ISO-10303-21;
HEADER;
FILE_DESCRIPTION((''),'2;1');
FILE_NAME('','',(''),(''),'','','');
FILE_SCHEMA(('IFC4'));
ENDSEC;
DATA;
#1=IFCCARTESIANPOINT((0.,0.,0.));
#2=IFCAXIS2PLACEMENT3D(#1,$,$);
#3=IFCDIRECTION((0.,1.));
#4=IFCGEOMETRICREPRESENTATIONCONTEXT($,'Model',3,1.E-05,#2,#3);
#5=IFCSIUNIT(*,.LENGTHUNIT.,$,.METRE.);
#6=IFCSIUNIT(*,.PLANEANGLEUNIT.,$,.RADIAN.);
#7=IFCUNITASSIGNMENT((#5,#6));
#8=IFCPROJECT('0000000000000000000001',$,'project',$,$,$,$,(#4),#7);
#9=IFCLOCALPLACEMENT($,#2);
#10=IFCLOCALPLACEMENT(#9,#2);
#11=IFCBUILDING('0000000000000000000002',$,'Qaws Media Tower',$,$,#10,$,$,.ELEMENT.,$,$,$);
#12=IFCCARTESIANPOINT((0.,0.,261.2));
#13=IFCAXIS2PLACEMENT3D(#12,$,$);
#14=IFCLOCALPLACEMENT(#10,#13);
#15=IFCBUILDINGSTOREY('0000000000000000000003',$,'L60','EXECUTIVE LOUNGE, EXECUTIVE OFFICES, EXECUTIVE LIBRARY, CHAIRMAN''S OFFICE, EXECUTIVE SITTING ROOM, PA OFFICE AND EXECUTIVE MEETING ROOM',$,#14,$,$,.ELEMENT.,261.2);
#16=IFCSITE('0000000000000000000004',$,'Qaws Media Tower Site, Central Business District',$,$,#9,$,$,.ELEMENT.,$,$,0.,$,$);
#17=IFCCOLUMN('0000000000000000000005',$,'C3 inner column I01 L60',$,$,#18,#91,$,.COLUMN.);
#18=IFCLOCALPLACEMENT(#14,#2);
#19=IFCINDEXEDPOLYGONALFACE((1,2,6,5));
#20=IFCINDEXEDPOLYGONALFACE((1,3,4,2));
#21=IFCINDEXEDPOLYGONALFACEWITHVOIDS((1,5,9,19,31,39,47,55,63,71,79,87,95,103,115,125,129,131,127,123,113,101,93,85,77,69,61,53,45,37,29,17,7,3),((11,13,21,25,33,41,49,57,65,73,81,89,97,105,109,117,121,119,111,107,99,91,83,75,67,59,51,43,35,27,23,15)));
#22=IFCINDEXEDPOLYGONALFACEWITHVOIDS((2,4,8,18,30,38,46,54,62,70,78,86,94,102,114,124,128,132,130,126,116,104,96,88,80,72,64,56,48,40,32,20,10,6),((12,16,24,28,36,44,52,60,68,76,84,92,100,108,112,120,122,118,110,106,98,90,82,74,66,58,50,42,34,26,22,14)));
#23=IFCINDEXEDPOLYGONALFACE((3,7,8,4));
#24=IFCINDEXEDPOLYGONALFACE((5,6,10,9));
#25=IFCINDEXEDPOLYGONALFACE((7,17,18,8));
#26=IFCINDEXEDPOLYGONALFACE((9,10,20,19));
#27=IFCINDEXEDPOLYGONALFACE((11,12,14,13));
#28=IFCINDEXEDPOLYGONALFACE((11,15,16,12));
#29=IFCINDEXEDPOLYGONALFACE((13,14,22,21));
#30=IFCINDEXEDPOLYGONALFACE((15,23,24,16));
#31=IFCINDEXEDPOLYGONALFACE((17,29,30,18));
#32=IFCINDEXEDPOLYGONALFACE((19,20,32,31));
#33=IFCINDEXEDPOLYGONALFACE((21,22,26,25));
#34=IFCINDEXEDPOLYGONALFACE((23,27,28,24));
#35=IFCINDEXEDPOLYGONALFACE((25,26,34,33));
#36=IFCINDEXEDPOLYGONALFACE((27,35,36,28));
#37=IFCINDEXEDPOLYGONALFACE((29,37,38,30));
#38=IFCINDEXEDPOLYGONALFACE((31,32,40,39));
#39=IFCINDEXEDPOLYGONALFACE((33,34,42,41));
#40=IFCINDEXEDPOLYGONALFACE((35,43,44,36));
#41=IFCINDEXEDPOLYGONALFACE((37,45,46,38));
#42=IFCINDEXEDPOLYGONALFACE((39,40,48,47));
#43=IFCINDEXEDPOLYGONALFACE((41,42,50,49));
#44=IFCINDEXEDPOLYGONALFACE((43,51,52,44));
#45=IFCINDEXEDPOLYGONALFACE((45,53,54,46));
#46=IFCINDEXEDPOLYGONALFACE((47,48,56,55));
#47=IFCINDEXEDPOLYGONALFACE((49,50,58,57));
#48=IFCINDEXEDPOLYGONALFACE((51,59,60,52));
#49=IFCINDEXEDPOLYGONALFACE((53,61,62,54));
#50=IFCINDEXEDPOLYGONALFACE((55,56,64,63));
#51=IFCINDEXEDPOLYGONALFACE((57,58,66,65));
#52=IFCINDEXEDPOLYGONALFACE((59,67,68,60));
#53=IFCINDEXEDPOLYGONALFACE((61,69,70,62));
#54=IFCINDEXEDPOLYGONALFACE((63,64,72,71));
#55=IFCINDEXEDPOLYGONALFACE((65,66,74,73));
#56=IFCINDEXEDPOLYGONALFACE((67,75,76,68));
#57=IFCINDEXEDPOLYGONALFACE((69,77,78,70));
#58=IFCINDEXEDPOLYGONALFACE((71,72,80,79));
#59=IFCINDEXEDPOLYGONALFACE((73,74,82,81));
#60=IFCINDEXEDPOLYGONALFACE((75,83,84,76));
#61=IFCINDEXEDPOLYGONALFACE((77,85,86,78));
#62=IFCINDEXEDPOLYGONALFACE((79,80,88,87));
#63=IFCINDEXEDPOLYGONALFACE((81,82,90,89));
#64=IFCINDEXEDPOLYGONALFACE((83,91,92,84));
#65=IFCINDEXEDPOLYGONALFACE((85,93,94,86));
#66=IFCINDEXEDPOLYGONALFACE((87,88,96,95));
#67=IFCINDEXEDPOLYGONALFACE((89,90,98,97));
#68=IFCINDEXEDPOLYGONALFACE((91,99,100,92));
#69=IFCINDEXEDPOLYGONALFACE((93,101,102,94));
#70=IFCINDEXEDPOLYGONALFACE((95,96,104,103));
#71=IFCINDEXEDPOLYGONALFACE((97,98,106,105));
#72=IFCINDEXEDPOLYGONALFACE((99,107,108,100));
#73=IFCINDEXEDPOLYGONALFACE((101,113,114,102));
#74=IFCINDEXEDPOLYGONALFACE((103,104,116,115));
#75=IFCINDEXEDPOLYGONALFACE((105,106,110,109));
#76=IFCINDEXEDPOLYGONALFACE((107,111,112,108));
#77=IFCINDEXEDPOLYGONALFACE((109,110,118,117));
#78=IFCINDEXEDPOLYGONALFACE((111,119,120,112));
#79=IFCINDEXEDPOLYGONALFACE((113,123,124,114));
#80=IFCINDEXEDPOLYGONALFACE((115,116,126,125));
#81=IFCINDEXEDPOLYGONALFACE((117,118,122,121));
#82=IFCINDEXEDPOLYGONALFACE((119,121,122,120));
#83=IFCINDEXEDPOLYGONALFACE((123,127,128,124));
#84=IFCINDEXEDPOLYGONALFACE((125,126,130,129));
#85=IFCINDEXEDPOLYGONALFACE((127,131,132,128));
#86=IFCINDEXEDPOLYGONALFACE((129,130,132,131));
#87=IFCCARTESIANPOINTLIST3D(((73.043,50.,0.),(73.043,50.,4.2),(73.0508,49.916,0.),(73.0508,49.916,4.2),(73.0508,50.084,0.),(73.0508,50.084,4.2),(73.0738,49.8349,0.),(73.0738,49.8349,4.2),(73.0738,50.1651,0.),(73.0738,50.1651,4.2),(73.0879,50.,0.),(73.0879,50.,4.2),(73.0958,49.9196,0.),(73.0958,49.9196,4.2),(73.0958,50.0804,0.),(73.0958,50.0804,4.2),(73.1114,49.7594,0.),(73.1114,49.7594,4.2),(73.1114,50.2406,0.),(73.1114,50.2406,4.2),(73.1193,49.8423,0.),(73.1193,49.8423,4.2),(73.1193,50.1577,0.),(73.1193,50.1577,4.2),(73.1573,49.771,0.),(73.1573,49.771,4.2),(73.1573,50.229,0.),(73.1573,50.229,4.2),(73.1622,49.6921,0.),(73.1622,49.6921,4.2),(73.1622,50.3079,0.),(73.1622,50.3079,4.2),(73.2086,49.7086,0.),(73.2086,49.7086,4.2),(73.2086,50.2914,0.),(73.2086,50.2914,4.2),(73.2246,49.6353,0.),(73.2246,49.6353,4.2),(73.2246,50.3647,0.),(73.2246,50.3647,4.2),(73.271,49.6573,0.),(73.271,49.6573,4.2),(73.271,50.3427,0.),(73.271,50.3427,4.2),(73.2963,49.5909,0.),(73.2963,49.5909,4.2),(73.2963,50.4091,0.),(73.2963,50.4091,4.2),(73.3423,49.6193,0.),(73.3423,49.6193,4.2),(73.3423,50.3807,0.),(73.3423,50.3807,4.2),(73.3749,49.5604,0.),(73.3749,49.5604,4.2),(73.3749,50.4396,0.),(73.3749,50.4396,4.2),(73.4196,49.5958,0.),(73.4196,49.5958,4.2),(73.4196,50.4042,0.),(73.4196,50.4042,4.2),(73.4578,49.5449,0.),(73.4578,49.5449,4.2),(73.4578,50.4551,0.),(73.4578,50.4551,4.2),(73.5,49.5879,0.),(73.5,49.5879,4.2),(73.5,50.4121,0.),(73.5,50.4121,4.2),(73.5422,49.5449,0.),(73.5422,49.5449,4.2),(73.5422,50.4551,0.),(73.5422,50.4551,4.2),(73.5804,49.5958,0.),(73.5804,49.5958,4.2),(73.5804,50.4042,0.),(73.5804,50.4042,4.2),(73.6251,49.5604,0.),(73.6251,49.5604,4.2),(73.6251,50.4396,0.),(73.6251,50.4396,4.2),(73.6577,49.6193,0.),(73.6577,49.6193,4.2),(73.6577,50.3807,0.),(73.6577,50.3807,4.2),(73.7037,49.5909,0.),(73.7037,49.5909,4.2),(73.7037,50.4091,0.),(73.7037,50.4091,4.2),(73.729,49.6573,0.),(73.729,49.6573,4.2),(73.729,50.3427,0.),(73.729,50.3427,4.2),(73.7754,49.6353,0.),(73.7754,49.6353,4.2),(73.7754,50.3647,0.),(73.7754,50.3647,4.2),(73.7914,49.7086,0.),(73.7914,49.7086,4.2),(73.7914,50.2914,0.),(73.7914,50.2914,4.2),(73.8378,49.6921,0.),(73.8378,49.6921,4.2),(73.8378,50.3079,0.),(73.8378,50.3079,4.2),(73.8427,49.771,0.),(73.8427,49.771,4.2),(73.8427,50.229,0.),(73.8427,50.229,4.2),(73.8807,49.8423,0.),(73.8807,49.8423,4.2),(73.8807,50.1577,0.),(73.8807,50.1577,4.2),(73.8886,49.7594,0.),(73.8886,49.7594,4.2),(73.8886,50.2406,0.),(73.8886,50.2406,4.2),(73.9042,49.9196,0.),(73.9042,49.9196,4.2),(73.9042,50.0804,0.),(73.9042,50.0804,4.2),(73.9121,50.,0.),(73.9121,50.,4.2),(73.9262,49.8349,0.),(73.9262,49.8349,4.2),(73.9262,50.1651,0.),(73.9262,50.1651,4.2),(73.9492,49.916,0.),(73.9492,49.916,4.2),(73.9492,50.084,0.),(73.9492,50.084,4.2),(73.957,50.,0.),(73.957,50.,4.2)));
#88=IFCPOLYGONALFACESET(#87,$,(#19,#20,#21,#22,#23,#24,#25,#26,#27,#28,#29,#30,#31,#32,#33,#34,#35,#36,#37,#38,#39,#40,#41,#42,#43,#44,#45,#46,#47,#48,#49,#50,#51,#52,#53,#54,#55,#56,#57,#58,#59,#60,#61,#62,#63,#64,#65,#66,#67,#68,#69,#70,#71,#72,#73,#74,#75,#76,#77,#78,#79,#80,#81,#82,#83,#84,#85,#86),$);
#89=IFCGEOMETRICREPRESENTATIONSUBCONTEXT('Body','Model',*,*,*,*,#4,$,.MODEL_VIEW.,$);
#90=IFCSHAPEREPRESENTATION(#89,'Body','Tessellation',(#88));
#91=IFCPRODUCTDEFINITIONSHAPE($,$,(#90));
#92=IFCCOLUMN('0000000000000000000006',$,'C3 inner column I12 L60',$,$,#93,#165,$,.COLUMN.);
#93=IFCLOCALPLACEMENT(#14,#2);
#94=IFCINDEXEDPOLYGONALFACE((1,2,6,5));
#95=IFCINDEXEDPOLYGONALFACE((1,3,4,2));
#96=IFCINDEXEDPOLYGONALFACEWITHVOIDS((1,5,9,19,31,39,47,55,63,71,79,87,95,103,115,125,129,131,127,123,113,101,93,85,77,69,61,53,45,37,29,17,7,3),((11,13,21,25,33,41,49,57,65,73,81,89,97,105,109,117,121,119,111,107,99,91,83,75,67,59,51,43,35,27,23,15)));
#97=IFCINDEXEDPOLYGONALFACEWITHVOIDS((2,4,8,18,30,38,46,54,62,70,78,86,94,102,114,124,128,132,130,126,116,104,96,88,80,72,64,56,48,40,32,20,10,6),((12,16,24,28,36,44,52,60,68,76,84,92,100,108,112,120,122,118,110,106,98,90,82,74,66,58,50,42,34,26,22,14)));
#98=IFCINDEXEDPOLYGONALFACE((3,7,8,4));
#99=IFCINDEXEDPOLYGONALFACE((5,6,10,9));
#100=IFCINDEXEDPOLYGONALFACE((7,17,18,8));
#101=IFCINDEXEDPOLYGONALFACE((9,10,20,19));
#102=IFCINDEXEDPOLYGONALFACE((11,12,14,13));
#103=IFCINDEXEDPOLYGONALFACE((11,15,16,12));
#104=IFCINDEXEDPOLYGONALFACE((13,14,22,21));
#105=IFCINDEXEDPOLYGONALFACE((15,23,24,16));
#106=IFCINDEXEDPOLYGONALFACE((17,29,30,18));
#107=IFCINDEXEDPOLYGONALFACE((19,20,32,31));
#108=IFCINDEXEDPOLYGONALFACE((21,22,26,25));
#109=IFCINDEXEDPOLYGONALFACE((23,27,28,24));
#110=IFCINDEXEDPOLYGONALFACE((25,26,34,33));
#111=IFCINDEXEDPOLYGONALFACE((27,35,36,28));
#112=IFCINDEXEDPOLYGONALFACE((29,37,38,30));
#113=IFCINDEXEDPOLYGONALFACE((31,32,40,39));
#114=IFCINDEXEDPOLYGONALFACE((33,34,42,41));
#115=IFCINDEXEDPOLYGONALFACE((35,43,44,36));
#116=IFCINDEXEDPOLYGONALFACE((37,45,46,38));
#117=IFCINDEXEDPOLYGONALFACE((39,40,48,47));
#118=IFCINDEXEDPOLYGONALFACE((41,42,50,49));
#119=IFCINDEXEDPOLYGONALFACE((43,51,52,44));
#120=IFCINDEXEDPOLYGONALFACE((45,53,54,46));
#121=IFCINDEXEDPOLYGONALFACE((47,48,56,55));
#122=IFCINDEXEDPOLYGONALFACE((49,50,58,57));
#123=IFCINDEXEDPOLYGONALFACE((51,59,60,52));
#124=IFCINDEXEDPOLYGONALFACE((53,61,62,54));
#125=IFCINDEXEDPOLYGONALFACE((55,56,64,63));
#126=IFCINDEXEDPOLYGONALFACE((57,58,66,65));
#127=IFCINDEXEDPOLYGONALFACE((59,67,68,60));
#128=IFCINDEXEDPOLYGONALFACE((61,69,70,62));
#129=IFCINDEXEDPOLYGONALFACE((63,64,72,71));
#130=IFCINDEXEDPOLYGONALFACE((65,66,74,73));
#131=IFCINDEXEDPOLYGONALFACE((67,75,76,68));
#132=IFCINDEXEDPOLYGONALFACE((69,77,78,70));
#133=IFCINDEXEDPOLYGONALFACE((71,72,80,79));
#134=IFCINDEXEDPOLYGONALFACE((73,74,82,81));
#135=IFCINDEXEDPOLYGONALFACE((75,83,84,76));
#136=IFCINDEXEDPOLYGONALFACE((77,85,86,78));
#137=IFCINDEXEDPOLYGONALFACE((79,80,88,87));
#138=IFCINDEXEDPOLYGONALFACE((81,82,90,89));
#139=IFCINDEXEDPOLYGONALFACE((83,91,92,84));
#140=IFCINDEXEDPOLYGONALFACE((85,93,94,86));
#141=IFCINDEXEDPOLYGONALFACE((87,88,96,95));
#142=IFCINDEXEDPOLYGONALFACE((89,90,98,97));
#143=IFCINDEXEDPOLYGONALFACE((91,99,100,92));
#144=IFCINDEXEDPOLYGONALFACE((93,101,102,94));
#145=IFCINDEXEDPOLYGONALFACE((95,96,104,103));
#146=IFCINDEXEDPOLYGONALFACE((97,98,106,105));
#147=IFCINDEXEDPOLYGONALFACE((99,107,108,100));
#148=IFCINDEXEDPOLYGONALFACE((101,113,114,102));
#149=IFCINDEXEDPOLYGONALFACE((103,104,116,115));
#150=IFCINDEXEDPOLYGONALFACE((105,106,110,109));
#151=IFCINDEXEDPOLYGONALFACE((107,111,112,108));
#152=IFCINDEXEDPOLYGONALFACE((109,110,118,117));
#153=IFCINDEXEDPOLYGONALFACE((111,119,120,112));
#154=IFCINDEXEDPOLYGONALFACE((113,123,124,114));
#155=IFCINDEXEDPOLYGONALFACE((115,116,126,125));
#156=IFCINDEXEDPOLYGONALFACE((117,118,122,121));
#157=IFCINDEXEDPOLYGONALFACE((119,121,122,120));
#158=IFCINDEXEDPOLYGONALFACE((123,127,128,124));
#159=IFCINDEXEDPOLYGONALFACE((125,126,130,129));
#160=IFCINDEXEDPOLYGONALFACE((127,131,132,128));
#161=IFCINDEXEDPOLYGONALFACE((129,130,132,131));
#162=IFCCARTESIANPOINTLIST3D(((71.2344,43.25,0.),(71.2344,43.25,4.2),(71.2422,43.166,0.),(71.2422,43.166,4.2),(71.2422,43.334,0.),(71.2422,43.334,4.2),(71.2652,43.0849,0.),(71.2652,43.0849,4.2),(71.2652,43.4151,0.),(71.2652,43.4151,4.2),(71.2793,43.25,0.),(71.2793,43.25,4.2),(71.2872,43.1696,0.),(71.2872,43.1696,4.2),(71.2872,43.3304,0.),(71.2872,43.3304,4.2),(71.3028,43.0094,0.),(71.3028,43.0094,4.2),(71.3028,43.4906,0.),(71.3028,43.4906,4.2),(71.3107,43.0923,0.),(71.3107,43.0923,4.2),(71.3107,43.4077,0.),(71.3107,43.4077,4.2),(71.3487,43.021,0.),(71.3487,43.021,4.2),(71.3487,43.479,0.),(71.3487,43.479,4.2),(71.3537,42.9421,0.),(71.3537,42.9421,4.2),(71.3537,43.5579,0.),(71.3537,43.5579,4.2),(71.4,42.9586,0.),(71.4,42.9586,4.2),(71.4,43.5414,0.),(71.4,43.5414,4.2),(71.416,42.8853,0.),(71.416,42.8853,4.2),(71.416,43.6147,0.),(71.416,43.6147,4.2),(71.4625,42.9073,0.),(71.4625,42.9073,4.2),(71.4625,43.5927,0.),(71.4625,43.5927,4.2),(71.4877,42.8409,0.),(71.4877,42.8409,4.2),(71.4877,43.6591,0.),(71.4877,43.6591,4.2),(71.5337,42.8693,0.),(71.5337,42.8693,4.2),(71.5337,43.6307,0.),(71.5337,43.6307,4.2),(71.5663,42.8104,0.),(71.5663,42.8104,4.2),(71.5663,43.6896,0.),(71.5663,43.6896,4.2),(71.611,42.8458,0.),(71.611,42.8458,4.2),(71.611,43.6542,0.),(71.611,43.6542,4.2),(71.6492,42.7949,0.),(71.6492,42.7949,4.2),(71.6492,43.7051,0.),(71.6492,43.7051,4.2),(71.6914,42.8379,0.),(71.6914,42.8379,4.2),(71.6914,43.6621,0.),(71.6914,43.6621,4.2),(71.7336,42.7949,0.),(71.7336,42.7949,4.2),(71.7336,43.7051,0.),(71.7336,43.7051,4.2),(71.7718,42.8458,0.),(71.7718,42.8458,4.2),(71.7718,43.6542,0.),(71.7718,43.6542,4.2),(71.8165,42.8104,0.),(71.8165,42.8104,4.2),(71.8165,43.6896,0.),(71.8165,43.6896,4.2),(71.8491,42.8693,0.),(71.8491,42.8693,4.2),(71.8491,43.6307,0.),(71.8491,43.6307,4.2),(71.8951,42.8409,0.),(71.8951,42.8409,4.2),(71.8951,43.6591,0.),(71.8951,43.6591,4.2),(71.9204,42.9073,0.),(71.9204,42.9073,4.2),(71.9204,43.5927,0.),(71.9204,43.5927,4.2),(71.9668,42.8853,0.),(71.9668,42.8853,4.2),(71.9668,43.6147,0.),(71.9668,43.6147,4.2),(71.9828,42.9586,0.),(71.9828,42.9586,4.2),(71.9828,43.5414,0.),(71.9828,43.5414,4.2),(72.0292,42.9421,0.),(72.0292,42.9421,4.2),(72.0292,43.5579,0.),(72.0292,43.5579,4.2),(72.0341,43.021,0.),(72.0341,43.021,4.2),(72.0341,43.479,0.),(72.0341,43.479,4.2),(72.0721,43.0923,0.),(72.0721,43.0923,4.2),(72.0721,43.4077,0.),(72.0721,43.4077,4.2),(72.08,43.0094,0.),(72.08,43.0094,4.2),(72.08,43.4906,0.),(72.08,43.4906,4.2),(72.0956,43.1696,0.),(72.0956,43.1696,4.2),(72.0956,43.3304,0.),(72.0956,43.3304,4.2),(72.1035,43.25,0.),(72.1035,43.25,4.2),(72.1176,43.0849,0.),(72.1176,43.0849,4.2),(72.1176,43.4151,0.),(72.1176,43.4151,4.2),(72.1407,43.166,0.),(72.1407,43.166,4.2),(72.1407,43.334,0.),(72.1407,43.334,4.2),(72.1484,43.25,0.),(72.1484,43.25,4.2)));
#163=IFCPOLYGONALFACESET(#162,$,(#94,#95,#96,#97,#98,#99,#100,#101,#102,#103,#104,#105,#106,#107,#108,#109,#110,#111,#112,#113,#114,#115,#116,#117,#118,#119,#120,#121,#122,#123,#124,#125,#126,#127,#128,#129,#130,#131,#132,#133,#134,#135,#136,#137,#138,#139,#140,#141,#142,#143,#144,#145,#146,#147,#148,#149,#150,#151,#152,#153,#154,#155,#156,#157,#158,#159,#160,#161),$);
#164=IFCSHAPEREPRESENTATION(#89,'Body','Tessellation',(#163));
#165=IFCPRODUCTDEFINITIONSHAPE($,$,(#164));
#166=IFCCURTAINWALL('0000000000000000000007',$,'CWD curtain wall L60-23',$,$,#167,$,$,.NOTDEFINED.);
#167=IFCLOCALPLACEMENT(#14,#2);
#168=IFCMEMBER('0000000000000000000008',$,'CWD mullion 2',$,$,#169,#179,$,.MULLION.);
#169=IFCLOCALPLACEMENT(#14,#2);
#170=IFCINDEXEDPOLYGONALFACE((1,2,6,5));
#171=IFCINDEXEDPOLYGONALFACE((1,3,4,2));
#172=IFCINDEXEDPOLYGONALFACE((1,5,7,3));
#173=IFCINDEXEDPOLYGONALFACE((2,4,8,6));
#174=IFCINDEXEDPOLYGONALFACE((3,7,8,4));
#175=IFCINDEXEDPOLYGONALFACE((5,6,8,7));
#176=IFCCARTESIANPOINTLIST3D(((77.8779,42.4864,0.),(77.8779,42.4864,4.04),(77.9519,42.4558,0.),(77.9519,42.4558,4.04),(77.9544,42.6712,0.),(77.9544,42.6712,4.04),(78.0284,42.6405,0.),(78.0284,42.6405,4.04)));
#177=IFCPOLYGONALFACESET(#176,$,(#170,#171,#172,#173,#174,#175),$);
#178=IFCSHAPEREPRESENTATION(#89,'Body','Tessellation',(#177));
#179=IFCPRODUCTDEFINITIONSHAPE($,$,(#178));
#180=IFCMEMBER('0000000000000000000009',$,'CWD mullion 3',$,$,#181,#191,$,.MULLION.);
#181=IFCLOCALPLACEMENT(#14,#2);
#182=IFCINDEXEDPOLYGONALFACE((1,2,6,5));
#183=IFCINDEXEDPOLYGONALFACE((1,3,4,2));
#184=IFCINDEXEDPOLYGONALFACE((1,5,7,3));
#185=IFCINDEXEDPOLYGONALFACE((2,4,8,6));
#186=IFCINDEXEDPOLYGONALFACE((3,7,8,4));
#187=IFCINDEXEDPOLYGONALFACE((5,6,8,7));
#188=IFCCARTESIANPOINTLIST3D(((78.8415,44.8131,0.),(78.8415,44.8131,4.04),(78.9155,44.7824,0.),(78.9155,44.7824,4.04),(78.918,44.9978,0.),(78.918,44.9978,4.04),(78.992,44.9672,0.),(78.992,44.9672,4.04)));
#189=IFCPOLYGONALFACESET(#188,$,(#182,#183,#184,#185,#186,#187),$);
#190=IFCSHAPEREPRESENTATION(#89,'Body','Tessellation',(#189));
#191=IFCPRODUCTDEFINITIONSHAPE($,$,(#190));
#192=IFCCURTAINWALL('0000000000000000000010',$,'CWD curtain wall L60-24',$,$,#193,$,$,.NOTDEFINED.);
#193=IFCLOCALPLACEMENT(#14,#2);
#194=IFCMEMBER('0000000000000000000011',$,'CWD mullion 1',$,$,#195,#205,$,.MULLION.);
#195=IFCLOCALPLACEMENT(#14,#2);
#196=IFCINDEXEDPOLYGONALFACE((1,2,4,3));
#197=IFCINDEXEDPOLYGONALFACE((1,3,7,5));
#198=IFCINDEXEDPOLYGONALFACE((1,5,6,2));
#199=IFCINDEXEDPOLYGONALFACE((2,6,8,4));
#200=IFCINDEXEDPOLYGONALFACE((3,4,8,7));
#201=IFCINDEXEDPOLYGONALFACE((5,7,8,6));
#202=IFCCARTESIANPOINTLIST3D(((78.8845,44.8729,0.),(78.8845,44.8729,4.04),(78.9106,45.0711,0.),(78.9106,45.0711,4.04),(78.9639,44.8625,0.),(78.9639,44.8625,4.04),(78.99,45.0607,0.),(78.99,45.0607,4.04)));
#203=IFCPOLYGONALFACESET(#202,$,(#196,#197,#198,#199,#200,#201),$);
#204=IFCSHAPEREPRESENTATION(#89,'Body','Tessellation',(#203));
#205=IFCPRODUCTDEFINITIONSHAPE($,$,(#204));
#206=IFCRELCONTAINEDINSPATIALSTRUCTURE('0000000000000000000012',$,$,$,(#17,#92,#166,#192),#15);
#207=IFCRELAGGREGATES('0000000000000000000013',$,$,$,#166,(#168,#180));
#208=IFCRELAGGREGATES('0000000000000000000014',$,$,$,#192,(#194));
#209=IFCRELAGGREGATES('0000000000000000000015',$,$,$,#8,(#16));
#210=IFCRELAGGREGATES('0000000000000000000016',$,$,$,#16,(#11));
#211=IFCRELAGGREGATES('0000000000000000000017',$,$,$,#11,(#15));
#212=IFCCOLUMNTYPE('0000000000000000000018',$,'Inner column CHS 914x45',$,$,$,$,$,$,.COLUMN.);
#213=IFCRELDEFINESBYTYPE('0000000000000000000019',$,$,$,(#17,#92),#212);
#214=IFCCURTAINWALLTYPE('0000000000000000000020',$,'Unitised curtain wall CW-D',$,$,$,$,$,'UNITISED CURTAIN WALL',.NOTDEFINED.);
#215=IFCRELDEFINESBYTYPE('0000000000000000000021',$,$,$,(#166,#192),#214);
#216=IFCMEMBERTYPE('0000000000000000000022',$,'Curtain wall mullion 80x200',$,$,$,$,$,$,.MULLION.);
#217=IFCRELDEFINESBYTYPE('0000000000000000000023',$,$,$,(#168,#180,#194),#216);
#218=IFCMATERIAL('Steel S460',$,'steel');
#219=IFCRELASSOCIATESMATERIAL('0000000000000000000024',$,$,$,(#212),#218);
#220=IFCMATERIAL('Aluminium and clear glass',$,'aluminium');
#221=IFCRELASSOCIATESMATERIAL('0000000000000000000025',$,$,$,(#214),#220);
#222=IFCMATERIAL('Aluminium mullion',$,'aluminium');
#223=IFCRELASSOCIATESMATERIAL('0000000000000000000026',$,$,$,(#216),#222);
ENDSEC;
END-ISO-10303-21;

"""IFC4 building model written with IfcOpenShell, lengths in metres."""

from ifc_helpers import new_model, si_unit, direction, frame, origin, origin_2d, place, context, subcontext, project, spatial, rectangle, hollow_circle, extrude, material, material_profile, profile_set, type_object, element, aggregate, save


model = new_model("IFC4")

# Units and contexts
model_context = context("Model", 3, precision=1e-05, world=origin(), true_north=direction((0.0, 1.0)))
body_context = subcontext(model_context, "Body", "Model", "MODEL_VIEW")
ifc_project = project(units=[si_unit("LENGTHUNIT", "METRE"), si_unit("PLANEANGLEUNIT", "RADIAN")], contexts=[model_context])

# Site, building, storey
site_placement = place(None, origin())
site = spatial("IfcSite", under=ifc_project, at=site_placement, Name="Qaws Media Tower Site, Central Business District", CompositionType="ELEMENT", RefElevation=0.0)
building_placement = place(site_placement, origin())
building = spatial("IfcBuilding", under=site, at=building_placement, Name="Qaws Media Tower", CompositionType="ELEMENT")
storey_placement = place(building_placement, frame((0.0, 0.0, 261.2)))
storey = spatial("IfcBuildingStorey", under=building, at=storey_placement, Name="L60", Description="EXECUTIVE LOUNGE, EXECUTIVE OFFICES, EXECUTIVE LIBRARY, CHAIRMAN'S OFFICE, EXECUTIVE SITTING ROOM, PA OFFICE AND EXECUTIVE MEETING ROOM", CompositionType="ELEMENT", Elevation=261.2)

# Columns
ifc_material_1 = material(Name="Steel S460", Category="steel")
ifc_material_profile_1 = material_profile(ifc_material_1, hollow_circle(Radius=0.457, WallThickness=0.0449, at=origin_2d()), Name="CHS 914x45")
ifc_profile_set_1 = profile_set([ifc_material_profile_1], Name="Steel S460")
column_type = type_object("IfcColumnType", Name="Inner column CHS 914x45", PredefinedType="COLUMN", material=ifc_profile_set_1)
for number, where, z_axis, x_axis, name in (
    (1, (73.5, 50.0, 0.0), (0.0, 0.0, 1.0), (1.0, 0.0, 0.0), "C3 inner column I01 L60"),
    (2, (71.6914, 43.25, 0.0), (0.0, 0.0, 1.0), (1.0, 0.0, 0.0), "C3 inner column I12 L60"),
):
    element("IfcColumn", number, at=place(storey_placement, frame(where, z_axis=z_axis, x_axis=x_axis)), inside=storey, type_object=column_type, Name=name, PredefinedType="COLUMN", context=body_context, shape_type="SweptSolid", body=[
        extrude(hollow_circle(Radius=0.457, WallThickness=0.0449, at=origin_2d()), origin(), (0.0, 0.0, 1.0), 4.2),
    ])

# Curtain walls, members
ifc_material_2 = material(Name="Aluminium and clear glass", Category="aluminium")
curtain_wall_type = type_object("IfcCurtainWallType", Name="Unitised curtain wall CW-D", ElementType="UNITISED CURTAIN WALL", PredefinedType="NOTDEFINED", material=ifc_material_2)
curtain_wall_1_placement = place(storey_placement, origin())
curtain_wall_1 = element("IfcCurtainWall", 3, at=curtain_wall_1_placement, inside=storey, type_object=curtain_wall_type, Name="CWD curtain wall L60-23", PredefinedType="NOTDEFINED")
ifc_material_3 = material(Name="Aluminium mullion", Category="aluminium")
ifc_material_profile_2 = material_profile(ifc_material_3, rectangle(XDim=0.0801, YDim=0.2, at=origin_2d()), Name="80x200")
ifc_profile_set_2 = profile_set([ifc_material_profile_2], Name="Aluminium mullion")
member_type_1 = type_object("IfcMemberType", Name="Curtain wall mullion 80x200", PredefinedType="MULLION", material=ifc_profile_set_2)
member_1_placement = place(storey_placement, frame((77.9531, 42.5635, 0.0), z_axis=(0.0, 0.0, 1.0), x_axis=(-0.92388, 0.382683, 0.0)))
member_1 = element("IfcMember", 4, at=member_1_placement, type_object=member_type_1, Name="CWD mullion 2", PredefinedType="MULLION", context=body_context, shape_type="SweptSolid", body=[
    extrude(rectangle(XDim=0.0801, YDim=0.2, at=origin_2d()), origin(), (0.0, 0.0, 1.0), 4.04),
])
member_2_placement = place(storey_placement, frame((78.9167, 44.8901, 0.0), z_axis=(0.0, 0.0, 1.0), x_axis=(-0.92388, 0.382683, 0.0)))
member_2 = element("IfcMember", 5, at=member_2_placement, type_object=member_type_1, Name="CWD mullion 3", PredefinedType="MULLION", context=body_context, shape_type="SweptSolid", body=[
    extrude(rectangle(XDim=0.0801, YDim=0.2, at=origin_2d()), origin(), (0.0, 0.0, 1.0), 4.04),
])
curtain_wall_2_placement = place(storey_placement, origin())
curtain_wall_2 = element("IfcCurtainWall", 6, at=curtain_wall_2_placement, inside=storey, type_object=curtain_wall_type, Name="CWD curtain wall L60-24", PredefinedType="NOTDEFINED")
member_3_placement = place(storey_placement, frame((78.9373, 44.9668, 0.0), z_axis=(0.0, 0.0, 1.0), x_axis=(-0.991445, 0.130526, 0.0)))
member_3 = element("IfcMember", 7, at=member_3_placement, type_object=member_type_1, Name="CWD mullion 1", PredefinedType="MULLION", context=body_context, shape_type="SweptSolid", body=[
    extrude(rectangle(XDim=0.0801, YDim=0.2, at=origin_2d()), origin(), (0.0, 0.0, 1.0), 4.04),
])

aggregate(curtain_wall_1, [member_1, member_2])
aggregate(curtain_wall_2, [member_3])

save(model, "model.ifc")
